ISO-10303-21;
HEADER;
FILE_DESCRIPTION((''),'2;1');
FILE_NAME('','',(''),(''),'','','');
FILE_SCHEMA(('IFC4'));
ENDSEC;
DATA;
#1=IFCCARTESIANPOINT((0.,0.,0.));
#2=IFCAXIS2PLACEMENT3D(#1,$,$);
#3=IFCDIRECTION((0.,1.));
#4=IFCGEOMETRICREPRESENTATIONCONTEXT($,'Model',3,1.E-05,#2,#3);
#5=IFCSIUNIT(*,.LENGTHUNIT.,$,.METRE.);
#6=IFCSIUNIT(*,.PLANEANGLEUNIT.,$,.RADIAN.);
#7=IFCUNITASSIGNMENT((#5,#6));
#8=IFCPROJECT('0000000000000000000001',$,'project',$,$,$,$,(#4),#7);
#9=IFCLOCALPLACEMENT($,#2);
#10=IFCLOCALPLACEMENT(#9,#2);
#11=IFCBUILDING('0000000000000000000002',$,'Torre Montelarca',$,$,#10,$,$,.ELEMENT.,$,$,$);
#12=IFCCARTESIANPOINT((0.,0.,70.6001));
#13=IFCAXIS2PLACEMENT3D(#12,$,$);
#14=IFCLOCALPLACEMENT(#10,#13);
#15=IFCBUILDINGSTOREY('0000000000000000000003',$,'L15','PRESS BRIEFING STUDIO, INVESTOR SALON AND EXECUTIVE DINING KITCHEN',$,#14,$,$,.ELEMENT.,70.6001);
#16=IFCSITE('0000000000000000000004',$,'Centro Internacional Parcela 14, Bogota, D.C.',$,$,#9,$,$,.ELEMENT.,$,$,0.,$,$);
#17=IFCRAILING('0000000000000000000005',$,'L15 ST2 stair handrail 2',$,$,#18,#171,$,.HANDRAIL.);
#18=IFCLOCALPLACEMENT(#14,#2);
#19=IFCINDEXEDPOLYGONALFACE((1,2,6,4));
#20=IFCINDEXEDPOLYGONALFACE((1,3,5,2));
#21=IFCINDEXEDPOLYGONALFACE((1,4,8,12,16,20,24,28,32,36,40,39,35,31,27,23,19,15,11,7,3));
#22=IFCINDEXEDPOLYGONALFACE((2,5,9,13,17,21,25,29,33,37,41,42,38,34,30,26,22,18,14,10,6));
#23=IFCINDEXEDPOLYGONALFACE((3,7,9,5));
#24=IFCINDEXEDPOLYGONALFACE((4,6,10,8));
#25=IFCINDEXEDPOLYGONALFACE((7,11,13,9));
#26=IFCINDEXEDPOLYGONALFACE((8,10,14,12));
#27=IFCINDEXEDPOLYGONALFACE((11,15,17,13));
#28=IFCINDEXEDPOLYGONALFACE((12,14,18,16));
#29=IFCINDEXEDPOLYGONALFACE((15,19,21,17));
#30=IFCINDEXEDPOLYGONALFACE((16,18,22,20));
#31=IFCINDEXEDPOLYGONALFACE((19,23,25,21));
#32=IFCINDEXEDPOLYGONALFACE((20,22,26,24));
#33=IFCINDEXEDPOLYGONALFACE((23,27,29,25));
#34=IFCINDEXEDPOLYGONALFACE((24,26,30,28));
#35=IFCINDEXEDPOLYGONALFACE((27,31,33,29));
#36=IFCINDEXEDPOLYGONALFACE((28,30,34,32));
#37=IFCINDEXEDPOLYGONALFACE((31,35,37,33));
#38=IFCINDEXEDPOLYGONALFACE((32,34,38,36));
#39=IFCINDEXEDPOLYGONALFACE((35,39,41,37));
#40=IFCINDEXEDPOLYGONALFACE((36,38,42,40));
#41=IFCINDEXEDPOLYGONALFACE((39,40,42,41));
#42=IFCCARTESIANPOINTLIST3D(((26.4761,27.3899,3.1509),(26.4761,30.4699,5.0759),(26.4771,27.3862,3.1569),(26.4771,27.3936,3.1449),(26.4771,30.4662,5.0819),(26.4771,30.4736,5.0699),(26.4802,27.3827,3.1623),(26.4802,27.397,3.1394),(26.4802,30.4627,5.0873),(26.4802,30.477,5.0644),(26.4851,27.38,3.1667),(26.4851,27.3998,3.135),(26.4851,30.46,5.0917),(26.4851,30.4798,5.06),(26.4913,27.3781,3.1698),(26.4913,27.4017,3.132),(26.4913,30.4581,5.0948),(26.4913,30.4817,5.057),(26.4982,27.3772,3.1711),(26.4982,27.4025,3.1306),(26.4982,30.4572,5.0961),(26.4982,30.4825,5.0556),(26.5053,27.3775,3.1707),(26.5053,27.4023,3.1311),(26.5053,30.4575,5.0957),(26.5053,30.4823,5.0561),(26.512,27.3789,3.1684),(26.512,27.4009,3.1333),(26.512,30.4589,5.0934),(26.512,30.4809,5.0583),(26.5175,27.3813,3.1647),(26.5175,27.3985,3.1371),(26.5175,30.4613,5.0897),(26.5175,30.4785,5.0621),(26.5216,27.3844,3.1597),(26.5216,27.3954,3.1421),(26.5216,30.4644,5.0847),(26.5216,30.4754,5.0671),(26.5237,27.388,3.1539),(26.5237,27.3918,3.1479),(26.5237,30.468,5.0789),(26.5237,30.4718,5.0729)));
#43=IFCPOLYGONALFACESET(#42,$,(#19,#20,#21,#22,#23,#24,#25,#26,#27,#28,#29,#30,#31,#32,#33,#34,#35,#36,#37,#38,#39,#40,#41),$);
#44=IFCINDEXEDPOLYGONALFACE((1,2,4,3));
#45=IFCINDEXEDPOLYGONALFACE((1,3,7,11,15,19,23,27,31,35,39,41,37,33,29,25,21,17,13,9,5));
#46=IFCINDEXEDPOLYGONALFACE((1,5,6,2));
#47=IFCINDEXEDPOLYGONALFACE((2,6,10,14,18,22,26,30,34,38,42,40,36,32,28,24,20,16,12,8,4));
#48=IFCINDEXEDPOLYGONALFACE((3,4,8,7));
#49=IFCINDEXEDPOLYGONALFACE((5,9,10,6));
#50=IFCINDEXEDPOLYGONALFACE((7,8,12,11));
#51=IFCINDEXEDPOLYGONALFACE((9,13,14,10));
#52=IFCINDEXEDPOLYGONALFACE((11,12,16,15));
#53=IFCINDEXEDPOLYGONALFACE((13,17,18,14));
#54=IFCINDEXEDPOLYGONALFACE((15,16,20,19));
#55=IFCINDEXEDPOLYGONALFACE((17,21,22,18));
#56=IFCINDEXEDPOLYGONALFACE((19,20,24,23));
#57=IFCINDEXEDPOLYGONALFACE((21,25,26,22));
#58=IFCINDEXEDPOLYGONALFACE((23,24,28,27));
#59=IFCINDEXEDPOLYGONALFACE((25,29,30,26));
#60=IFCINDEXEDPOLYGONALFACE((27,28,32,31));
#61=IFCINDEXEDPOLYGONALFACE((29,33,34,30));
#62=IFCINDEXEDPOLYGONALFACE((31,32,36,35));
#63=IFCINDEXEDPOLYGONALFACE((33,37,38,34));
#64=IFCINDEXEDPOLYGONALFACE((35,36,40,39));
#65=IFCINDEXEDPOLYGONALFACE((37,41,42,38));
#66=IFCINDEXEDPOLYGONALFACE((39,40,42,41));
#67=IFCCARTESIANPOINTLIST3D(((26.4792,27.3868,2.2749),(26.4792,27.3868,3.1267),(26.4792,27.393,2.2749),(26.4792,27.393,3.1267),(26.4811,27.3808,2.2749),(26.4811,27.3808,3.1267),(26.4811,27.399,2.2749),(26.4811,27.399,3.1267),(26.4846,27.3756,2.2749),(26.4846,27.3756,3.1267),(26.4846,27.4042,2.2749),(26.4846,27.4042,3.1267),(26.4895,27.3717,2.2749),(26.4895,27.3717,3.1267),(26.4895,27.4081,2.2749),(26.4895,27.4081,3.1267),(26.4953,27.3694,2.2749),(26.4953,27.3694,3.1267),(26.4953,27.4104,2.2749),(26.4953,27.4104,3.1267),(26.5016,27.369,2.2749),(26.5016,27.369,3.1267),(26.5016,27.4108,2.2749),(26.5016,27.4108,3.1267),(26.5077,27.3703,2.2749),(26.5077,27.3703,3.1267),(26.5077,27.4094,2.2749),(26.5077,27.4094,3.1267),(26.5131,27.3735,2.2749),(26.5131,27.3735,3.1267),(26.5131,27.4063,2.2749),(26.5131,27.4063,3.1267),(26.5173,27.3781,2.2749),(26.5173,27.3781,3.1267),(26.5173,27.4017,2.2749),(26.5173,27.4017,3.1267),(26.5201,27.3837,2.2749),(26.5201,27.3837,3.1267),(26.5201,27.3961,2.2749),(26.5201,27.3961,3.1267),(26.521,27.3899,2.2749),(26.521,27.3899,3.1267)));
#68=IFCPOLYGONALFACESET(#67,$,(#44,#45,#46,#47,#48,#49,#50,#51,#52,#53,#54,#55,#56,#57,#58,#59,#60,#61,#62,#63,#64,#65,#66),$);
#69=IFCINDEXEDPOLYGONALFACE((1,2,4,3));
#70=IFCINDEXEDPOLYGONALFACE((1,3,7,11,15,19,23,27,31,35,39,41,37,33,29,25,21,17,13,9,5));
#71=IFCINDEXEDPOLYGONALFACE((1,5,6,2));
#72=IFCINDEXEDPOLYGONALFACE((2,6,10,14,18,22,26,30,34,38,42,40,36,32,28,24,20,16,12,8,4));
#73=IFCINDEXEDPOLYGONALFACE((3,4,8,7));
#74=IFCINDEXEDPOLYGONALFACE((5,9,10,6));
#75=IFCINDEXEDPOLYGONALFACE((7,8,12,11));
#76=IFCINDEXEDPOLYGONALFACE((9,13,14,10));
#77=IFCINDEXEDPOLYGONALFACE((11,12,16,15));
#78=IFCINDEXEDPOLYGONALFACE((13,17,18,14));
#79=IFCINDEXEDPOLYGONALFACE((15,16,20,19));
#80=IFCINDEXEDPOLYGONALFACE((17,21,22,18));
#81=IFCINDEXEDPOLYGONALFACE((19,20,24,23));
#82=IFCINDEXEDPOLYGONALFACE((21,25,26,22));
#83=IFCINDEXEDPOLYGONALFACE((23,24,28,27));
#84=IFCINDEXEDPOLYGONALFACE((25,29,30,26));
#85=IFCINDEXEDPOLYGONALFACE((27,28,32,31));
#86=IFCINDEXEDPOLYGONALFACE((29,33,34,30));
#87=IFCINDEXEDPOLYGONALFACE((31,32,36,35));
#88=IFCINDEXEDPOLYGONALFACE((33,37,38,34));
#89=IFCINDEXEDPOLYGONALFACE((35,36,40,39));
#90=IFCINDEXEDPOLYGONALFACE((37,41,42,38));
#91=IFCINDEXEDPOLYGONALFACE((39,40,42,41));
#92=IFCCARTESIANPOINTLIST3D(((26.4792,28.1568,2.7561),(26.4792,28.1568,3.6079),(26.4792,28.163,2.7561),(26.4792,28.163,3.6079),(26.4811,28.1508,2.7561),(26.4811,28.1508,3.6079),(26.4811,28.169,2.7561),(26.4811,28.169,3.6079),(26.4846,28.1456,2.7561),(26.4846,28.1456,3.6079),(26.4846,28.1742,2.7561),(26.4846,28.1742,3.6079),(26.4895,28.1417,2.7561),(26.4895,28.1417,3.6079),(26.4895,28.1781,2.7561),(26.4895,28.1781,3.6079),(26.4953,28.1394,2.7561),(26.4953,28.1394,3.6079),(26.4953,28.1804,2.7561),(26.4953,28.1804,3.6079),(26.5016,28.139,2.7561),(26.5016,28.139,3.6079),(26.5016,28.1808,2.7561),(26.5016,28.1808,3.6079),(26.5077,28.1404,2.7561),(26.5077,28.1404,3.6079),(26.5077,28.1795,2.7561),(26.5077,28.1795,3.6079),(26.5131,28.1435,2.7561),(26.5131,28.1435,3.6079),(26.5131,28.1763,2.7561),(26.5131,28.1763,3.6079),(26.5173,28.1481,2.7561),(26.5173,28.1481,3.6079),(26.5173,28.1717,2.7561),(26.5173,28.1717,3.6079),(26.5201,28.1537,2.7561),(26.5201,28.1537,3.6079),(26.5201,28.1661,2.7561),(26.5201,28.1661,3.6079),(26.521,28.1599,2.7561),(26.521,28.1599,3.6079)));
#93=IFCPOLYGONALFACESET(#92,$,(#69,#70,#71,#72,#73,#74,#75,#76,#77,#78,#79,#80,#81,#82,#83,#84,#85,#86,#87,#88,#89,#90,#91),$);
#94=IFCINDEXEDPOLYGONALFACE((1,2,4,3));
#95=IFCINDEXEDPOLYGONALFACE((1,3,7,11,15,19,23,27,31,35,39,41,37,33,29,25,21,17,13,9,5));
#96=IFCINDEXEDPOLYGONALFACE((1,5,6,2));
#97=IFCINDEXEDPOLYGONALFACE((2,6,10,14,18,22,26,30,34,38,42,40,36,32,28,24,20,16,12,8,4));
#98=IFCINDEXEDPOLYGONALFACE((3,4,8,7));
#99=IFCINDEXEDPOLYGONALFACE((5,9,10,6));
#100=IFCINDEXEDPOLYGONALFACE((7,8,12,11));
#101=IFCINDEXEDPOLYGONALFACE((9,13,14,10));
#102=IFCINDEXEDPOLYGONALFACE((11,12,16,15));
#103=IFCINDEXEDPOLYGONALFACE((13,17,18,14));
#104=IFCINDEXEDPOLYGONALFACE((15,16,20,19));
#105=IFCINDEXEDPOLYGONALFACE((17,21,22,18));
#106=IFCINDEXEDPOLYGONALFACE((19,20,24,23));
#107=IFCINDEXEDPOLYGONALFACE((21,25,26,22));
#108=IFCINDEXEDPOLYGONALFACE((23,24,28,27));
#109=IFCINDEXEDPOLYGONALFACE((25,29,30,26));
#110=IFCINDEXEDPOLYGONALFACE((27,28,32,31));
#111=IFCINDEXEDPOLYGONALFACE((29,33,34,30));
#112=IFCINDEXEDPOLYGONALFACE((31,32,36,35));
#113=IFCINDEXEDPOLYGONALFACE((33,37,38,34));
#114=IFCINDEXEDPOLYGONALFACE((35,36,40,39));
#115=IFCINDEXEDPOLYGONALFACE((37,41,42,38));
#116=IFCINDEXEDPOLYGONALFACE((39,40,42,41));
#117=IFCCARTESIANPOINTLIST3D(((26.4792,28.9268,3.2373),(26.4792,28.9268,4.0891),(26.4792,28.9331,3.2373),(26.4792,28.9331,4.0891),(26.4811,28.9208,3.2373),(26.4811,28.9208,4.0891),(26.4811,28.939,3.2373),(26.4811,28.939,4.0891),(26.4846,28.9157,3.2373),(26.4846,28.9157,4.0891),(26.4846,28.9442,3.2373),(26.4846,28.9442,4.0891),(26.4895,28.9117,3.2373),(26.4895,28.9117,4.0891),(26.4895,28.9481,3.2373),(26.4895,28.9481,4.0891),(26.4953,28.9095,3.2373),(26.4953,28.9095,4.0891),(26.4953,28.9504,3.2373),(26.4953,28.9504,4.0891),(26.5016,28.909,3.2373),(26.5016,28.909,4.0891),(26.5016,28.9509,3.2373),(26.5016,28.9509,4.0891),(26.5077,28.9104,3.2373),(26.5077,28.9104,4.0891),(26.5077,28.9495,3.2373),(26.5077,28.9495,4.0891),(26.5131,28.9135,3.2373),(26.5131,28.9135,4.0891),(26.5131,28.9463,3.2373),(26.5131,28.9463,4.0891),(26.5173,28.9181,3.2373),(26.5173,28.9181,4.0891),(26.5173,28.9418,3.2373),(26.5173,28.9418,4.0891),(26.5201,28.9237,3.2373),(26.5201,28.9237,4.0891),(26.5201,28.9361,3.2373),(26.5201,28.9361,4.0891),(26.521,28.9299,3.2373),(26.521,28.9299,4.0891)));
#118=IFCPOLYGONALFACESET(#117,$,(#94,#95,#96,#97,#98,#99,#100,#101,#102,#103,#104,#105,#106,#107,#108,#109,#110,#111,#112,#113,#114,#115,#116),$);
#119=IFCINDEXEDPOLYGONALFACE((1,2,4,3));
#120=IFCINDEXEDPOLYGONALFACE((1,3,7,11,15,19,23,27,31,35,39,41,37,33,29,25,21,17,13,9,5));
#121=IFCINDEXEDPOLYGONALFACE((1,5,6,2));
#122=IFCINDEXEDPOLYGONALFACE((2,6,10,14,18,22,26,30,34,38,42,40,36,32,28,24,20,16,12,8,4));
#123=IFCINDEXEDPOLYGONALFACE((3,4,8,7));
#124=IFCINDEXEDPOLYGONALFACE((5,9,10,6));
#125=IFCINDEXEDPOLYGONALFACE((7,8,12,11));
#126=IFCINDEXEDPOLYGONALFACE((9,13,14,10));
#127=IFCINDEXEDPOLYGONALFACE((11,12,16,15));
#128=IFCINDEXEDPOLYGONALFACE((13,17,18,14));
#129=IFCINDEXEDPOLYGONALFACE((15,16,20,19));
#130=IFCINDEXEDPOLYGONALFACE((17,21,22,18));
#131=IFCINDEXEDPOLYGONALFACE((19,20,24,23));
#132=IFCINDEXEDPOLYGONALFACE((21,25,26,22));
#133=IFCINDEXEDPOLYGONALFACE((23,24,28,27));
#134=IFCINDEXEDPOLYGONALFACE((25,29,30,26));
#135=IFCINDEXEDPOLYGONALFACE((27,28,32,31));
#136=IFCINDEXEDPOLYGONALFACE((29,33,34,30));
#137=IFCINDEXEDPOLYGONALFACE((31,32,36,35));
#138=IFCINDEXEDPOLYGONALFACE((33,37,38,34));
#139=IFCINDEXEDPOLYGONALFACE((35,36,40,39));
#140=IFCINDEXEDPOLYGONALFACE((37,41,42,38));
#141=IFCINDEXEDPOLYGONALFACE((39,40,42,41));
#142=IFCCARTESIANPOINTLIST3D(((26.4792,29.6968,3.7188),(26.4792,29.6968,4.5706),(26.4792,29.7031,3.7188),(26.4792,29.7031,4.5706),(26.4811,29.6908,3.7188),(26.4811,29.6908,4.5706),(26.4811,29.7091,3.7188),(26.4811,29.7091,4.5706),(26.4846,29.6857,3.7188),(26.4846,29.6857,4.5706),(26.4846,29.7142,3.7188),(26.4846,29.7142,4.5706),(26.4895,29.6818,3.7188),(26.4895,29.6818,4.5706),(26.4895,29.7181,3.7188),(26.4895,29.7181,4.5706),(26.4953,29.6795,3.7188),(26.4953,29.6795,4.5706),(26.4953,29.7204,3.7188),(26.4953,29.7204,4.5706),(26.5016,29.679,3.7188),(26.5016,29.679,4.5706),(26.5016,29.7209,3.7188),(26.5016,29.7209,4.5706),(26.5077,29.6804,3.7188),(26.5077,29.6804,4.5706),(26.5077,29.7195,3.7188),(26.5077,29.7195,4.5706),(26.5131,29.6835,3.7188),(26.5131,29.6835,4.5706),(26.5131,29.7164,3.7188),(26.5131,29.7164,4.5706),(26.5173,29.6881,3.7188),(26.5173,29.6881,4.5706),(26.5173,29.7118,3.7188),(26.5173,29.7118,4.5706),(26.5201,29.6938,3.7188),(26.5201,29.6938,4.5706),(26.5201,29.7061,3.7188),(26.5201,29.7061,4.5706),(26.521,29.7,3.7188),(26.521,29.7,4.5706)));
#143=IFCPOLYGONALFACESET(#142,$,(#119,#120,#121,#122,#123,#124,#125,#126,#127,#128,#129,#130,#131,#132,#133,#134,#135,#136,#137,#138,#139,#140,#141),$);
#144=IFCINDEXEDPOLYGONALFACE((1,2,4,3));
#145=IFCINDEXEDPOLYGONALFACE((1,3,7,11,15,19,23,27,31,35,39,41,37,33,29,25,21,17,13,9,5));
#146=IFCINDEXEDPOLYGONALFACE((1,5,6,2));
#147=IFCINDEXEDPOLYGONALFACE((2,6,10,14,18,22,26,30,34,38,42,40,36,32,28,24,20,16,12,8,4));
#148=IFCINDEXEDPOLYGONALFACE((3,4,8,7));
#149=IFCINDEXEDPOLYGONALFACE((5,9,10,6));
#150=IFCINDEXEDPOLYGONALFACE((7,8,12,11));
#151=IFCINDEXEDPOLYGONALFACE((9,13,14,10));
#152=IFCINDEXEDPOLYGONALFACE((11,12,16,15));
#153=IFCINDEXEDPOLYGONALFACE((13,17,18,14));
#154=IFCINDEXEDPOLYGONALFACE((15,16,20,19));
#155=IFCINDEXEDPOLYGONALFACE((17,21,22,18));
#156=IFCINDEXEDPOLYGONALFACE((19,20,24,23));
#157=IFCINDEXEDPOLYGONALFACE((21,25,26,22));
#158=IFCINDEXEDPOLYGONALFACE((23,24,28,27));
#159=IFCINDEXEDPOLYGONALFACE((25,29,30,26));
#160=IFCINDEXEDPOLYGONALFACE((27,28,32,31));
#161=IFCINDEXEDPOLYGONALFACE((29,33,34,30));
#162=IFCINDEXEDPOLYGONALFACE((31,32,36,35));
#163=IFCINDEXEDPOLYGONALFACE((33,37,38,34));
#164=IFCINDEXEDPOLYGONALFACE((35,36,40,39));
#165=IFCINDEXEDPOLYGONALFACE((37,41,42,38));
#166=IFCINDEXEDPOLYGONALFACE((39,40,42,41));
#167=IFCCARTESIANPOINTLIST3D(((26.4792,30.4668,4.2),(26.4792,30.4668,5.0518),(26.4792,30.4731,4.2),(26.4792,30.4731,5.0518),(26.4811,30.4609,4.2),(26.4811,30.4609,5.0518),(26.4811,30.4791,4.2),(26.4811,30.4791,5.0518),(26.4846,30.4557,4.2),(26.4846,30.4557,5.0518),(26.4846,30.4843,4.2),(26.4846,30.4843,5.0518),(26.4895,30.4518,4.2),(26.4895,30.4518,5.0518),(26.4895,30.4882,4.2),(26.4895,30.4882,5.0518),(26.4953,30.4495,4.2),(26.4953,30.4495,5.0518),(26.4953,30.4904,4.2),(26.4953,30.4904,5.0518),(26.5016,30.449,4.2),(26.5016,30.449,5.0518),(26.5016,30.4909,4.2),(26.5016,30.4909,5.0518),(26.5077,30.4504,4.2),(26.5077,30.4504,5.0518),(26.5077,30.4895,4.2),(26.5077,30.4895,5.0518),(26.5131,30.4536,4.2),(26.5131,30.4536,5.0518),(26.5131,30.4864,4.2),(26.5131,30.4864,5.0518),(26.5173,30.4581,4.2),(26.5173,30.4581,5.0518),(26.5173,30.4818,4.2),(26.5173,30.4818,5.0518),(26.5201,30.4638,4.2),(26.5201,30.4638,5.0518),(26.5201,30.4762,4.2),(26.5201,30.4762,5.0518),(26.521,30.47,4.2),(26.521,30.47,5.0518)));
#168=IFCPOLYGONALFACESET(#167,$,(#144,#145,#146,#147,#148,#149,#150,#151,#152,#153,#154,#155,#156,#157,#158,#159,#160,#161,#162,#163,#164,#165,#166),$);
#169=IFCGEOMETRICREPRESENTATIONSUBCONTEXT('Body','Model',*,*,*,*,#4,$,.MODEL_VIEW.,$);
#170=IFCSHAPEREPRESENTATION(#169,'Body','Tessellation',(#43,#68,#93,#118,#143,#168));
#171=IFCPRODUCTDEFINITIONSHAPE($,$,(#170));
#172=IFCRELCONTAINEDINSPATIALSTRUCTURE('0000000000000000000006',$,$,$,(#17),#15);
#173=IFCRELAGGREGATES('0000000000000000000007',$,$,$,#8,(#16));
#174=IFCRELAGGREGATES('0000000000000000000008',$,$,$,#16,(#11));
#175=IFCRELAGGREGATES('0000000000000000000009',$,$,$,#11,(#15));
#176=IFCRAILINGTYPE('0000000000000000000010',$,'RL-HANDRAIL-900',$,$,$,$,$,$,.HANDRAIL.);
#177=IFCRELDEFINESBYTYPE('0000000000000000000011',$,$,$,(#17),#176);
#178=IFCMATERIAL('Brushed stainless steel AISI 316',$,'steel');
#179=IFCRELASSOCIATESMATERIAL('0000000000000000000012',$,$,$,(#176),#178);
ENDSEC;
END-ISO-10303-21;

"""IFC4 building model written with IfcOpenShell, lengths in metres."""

from ifc_helpers import new_model, si_unit, direction, frame, origin, origin_2d, place, context, subcontext, project, spatial, circle, extrude, material, type_object, element, save


model = new_model("IFC4")

# Units and contexts
model_context = context("Model", 3, precision=1e-05, world=origin(), true_north=direction((0.0, 1.0)))
body_context = subcontext(model_context, "Body", "Model", "MODEL_VIEW")
ifc_project = project(units=[si_unit("LENGTHUNIT", "METRE"), si_unit("PLANEANGLEUNIT", "RADIAN")], contexts=[model_context])

# Site, building, storey
site_placement = place(None, origin())
site = spatial("IfcSite", under=ifc_project, at=site_placement, Name="Centro Internacional Parcela 14, Bogota, D.C.", CompositionType="ELEMENT", RefElevation=0.0)
building_placement = place(site_placement, origin())
building = spatial("IfcBuilding", under=site, at=building_placement, Name="Torre Montelarca", CompositionType="ELEMENT")
storey_placement = place(building_placement, frame((0.0, 0.0, 70.6001)))
storey = spatial("IfcBuildingStorey", under=building, at=storey_placement, Name="L15", Description="PRESS BRIEFING STUDIO, INVESTOR SALON AND EXECUTIVE DINING KITCHEN", CompositionType="ELEMENT", Elevation=70.6001)

# Railing
ifc_material_1 = material(Name="Brushed stainless steel AISI 316", Category="steel")
railing_type_1 = type_object("IfcRailingType", Name="RL-HANDRAIL-900", PredefinedType="HANDRAIL", material=ifc_material_1)
railing_1_placement = place(storey_placement, frame((26.5, 27.3899, 2.2749)))
element("IfcRailing", 1, at=railing_1_placement, inside=storey, type_object=railing_type_1, Name="L15 ST2 stair handrail 2", PredefinedType="HANDRAIL", context=body_context, shape_type="SweptSolid", body=[
    extrude(circle(Radius=0.0239, at=origin_2d()), frame((0.0, 0.0, 0.876), z_axis=(0.0, 0.847998, 0.529999), x_axis=(-1.0, 0.0, 0.0)), (0.0, 0.0, 1.0), 3.6321),
    extrude(circle(Radius=0.021, at=origin_2d()), origin(), (0.0, 0.0, 1.0), 0.8518),
    extrude(circle(Radius=0.021, at=origin_2d()), frame((0.0, 0.77, 0.4812)), (0.0, 0.0, 1.0), 0.8518),
    extrude(circle(Radius=0.021, at=origin_2d()), frame((0.0, 1.54, 0.9624)), (0.0, 0.0, 1.0), 0.8518),
    extrude(circle(Radius=0.021, at=origin_2d()), frame((0.0, 2.3101, 1.4438)), (0.0, 0.0, 1.0), 0.8518),
    extrude(circle(Radius=0.021, at=origin_2d()), frame((0.0, 3.0801, 1.925)), (0.0, 0.0, 1.0), 0.8518),
])

save(model, "model.ifc")
